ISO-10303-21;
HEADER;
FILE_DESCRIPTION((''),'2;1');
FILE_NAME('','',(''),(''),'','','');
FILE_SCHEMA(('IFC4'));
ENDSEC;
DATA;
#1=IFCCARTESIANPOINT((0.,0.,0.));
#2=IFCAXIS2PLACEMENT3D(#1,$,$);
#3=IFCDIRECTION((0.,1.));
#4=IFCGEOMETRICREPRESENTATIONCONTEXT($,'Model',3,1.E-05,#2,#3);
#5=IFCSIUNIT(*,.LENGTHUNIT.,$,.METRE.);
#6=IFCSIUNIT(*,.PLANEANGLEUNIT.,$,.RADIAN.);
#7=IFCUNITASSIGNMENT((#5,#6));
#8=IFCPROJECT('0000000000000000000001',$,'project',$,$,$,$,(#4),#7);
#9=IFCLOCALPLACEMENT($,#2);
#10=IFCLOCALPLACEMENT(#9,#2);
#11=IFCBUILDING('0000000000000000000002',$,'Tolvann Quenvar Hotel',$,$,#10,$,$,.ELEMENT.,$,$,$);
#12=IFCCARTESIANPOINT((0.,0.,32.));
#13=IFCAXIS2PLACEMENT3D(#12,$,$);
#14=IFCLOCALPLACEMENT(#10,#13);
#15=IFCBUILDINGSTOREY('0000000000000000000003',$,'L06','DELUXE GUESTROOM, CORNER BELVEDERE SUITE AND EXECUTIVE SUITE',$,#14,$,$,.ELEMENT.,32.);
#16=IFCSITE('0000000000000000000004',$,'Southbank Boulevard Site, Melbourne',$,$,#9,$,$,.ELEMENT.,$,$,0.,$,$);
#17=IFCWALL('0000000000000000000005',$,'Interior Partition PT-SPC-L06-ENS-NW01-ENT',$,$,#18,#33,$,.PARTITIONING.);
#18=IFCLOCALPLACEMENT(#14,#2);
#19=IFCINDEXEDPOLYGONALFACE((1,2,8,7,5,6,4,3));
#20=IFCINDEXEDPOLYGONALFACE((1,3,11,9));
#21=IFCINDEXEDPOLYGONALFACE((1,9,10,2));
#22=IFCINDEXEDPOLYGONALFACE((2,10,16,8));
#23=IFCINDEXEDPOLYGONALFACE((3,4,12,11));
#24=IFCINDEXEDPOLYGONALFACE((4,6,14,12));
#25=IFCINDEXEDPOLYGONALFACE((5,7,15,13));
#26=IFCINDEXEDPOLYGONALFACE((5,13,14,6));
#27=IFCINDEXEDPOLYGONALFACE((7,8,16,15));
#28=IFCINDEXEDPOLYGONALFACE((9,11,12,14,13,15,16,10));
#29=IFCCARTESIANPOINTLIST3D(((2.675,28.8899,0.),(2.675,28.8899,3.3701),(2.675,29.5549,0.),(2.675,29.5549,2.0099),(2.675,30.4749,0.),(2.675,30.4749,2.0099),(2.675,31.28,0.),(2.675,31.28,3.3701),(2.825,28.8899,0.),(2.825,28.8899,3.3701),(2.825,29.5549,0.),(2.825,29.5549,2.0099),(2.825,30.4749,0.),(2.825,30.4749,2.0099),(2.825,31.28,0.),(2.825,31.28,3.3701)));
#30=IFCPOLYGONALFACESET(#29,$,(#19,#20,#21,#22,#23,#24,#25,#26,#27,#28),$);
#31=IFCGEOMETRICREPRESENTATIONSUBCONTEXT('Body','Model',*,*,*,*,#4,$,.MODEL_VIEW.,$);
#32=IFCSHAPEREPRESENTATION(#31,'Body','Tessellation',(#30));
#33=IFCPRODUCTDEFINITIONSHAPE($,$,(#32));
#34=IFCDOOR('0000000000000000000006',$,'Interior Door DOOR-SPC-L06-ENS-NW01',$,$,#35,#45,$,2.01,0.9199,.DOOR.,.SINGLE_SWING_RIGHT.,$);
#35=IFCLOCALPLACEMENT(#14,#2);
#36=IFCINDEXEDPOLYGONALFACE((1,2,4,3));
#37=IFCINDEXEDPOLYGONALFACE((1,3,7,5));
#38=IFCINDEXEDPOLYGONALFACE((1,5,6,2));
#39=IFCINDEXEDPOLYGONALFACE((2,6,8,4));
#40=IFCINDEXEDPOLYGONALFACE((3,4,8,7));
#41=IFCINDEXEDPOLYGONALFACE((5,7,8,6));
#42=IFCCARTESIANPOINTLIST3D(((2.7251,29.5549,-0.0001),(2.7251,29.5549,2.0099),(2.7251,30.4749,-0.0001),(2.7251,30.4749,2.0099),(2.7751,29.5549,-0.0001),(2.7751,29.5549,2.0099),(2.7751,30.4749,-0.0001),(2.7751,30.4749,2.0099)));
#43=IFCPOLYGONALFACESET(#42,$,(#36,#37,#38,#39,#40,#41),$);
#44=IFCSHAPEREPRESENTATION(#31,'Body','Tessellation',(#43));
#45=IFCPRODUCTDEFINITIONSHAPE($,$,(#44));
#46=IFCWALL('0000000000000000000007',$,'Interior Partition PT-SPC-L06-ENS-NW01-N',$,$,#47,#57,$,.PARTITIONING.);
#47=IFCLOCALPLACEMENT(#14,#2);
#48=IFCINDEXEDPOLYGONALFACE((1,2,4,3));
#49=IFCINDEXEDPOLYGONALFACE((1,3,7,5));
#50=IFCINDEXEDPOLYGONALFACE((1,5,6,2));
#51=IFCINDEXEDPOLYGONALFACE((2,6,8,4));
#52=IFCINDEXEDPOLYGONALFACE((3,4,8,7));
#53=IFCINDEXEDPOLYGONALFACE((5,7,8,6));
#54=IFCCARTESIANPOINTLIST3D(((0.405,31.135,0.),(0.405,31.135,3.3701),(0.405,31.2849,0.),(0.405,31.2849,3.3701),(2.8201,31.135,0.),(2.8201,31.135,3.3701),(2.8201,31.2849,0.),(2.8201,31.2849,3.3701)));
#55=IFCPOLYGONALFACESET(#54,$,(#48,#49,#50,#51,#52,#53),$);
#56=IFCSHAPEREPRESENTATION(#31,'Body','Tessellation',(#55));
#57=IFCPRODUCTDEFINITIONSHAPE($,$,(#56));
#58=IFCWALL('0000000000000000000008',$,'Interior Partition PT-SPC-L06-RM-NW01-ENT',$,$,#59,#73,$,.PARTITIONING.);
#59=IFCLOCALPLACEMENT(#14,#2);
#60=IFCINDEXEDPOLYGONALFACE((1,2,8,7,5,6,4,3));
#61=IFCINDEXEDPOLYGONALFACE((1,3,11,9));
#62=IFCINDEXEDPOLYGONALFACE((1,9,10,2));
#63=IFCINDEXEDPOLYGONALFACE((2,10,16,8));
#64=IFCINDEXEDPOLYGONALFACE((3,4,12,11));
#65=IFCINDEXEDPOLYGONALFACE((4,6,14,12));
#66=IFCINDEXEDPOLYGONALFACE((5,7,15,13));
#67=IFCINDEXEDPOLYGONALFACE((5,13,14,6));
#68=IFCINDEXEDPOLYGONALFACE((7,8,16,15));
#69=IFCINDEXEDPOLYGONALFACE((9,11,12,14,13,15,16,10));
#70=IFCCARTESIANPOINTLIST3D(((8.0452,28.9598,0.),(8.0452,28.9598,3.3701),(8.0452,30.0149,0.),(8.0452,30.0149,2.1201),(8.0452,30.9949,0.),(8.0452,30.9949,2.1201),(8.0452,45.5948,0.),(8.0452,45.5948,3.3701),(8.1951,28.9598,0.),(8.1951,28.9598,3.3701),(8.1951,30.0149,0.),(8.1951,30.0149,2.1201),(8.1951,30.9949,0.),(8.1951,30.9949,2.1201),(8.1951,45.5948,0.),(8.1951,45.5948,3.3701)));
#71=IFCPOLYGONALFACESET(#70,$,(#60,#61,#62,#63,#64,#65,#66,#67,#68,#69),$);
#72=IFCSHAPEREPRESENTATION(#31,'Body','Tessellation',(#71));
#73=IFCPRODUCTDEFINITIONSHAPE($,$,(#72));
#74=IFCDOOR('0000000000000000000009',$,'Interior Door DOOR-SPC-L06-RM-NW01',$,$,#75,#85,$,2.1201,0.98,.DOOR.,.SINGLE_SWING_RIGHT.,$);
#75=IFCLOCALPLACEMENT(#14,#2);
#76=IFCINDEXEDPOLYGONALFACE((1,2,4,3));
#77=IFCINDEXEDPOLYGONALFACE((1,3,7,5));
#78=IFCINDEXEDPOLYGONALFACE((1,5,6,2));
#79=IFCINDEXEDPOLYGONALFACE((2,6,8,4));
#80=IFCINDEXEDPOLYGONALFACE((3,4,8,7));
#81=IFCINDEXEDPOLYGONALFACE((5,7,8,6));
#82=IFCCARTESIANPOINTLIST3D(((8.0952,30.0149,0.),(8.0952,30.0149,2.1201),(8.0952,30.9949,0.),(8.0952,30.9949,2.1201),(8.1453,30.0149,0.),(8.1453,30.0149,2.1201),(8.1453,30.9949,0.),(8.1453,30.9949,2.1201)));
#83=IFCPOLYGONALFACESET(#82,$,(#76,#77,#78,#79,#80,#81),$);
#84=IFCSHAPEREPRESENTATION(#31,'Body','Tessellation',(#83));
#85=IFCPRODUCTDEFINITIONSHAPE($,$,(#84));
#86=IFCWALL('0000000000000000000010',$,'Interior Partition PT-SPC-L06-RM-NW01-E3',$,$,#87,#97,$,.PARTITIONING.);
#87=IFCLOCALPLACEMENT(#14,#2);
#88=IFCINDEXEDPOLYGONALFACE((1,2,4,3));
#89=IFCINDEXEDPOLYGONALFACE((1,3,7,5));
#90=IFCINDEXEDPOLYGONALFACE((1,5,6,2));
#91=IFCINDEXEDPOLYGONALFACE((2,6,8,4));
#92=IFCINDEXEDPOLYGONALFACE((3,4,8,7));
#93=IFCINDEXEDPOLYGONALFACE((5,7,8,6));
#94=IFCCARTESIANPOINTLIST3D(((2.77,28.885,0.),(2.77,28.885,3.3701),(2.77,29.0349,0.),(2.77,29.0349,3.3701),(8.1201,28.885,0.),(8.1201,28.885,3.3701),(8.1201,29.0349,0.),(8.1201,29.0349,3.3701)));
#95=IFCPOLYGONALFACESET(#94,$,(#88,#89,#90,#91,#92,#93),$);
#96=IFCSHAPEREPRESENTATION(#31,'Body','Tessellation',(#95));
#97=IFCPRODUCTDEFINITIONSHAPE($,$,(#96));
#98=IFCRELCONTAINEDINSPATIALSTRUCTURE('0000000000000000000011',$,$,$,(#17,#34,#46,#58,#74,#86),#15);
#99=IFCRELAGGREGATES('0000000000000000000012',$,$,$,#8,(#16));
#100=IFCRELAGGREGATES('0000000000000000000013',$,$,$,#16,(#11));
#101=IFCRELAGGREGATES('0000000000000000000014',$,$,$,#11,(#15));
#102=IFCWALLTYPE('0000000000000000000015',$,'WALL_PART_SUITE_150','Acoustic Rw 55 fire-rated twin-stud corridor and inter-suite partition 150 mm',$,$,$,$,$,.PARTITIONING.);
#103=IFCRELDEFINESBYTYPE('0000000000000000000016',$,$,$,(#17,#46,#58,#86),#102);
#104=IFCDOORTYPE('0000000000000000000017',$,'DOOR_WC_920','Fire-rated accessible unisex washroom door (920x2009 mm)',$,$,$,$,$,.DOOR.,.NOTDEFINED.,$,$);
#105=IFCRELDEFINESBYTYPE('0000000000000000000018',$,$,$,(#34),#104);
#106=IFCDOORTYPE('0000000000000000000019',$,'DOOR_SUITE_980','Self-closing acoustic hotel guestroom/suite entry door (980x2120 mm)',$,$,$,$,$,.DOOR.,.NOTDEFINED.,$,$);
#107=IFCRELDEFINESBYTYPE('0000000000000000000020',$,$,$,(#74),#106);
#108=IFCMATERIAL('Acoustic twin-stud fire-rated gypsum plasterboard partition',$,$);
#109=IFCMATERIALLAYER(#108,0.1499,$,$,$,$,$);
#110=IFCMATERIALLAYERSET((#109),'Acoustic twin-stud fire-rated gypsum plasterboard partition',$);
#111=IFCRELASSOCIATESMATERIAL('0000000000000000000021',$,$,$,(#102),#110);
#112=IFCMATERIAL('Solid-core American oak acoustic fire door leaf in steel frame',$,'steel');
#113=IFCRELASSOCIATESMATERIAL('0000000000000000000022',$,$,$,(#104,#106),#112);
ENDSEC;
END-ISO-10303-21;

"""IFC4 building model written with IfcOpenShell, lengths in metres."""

from ifc_helpers import new_model, si_unit, direction, frame, frame_2d, origin, place, context, subcontext, project, spatial, rectangle, extrude, source, transform, mapped, material, layer, layer_set, type_object, type_shapes, element, fill, save


model = new_model("IFC4")

# Units and contexts
model_context = context("Model", 3, precision=1e-05, world=origin(), true_north=direction((0.0, 1.0)))
body_context = subcontext(model_context, "Body", "Model", "MODEL_VIEW")
ifc_project = project(units=[si_unit("LENGTHUNIT", "METRE"), si_unit("PLANEANGLEUNIT", "RADIAN")], contexts=[model_context])

# Site, building, storey
site_placement = place(None, origin())
site = spatial("IfcSite", under=ifc_project, at=site_placement, Name="Southbank Boulevard Site, Melbourne", CompositionType="ELEMENT", RefElevation=0.0)
building_placement = place(site_placement, origin())
building = spatial("IfcBuilding", under=site, at=building_placement, Name="Tolvann Quenvar Hotel", CompositionType="ELEMENT")
storey_placement = place(building_placement, frame((0.0, 0.0, 32.0)))
storey = spatial("IfcBuildingStorey", under=building, at=storey_placement, Name="L06", Description="DELUXE GUESTROOM, CORNER BELVEDERE SUITE AND EXECUTIVE SUITE", CompositionType="ELEMENT", Elevation=32.0)

# Shared definitions
ifc_material_1 = material(Name="Solid-core American oak acoustic fire door leaf in steel frame", Category="steel")

# Shared definitions
ifc_material_2 = material(Name="Acoustic twin-stud fire-rated gypsum plasterboard partition")

# Wall, opening, door
ifc_layer_1 = layer(ifc_material_2, 0.1499)
ifc_layer_set_1 = layer_set([ifc_layer_1], Name="Acoustic twin-stud fire-rated gypsum plasterboard partition")
wall_type_1 = type_object("IfcWallType", Name="WALL_PART_SUITE_150", Description="Acoustic Rw 55 fire-rated twin-stud corridor and inter-suite partition 150 mm", PredefinedType="PARTITIONING", material=ifc_layer_set_1)
wall_1_placement = place(storey_placement, frame((2.75, 28.8899, 0.0), z_axis=(0.0, 0.0, 1.0), x_axis=(0.0, 1.0, 0.0)))
wall_1 = element("IfcWall", 1, at=wall_1_placement, inside=storey, type_object=wall_type_1, Name="Interior Partition PT-SPC-L06-ENS-NW01-ENT", PredefinedType="PARTITIONING", context=body_context, shape_type="SweptSolid", body=[
    extrude(rectangle(XDim=2.3901, YDim=0.1499, at=frame_2d((1.1951, 0.0))), origin(), (0.0, 0.0, 1.0), 3.3701),
])
opening_1_placement = place(wall_1_placement, frame((0.665, 0.0, 0.0)))
opening_1 = element("IfcOpeningElement", 2, at=opening_1_placement, cuts=wall_1, PredefinedType="OPENING", context=body_context, shape_type="SweptSolid", body=[
    extrude(rectangle(XDim=0.9199, YDim=2.01, at=frame_2d((0.46, 1.0049))), frame((0.0, 0.085, 0.0), z_axis=(0.0, -1.0, 0.0), x_axis=(1.0, 0.0, 0.0)), (0.0, 0.0, 1.0), 0.1699),
])
door_type_1 = type_object("IfcDoorType", Name="DOOR_WC_920", Description="Fire-rated accessible unisex washroom door (920x2009 mm)", OperationType="NOTDEFINED", PredefinedType="DOOR", material=ifc_material_1)
shared_shape_1 = source(origin(), body_context, "Body", "SweptSolid", [
    extrude(rectangle(XDim=0.9199, YDim=2.01, at=frame_2d((0.46, 1.0049))), frame((0.0, 0.0249, 0.0), z_axis=(0.0, -1.0, 0.0), x_axis=(1.0, 0.0, 0.0)), (0.0, 0.0, 1.0), 0.05),
])
type_shapes(door_type_1, [shared_shape_1])
door_1_placement = place(opening_1_placement, origin())
door_1 = element("IfcDoor", 3, at=door_1_placement, inside=storey, type_object=door_type_1, Name="Interior Door DOOR-SPC-L06-ENS-NW01", OperationType="SINGLE_SWING_RIGHT", OverallHeight=2.01, OverallWidth=0.9199, PredefinedType="DOOR", context=body_context, shape_type="MappedRepresentation", body=[
    mapped(shared_shape_1, transform((0.0, 0.0, 0.0), x_axis=(1.0, 0.0, 0.0), y_axis=(0.0, 1.0, 0.0), z_axis=(0.0, 0.0, 1.0), scale=1.0)),
])
fill(opening_1, door_1)

# Wall
wall_2_placement = place(storey_placement, frame((0.405, 31.21, 0.0), z_axis=(0.0, 0.0, 1.0), x_axis=(1.0, 0.0, 0.0)))
element("IfcWall", 4, at=wall_2_placement, inside=storey, type_object=wall_type_1, Name="Interior Partition PT-SPC-L06-ENS-NW01-N", PredefinedType="PARTITIONING", context=body_context, shape_type="SweptSolid", body=[
    extrude(rectangle(XDim=2.415, YDim=0.1499, at=frame_2d((1.2075, 0.0))), origin(), (0.0, 0.0, 1.0), 3.3701),
])

# Wall, opening, door
wall_3_placement = place(storey_placement, frame((8.1201, 28.96, 0.0), z_axis=(0.0, 0.0, 1.0), x_axis=(0.0, 1.0, 0.0)))
wall_3 = element("IfcWall", 5, at=wall_3_placement, inside=storey, type_object=wall_type_1, Name="Interior Partition PT-SPC-L06-RM-NW01-ENT", PredefinedType="PARTITIONING", context=body_context, shape_type="SweptSolid", body=[
    extrude(rectangle(XDim=16.635, YDim=0.1499, at=frame_2d((8.3174, 0.0))), origin(), (0.0, 0.0, 1.0), 3.3701),
])
opening_2_placement = place(wall_3_placement, frame((1.0549, 0.0, 0.0)))
opening_2 = element("IfcOpeningElement", 6, at=opening_2_placement, cuts=wall_3, PredefinedType="OPENING", context=body_context, shape_type="SweptSolid", body=[
    extrude(rectangle(XDim=0.98, YDim=2.1201, at=frame_2d((0.49, 1.0601))), frame((0.0, 0.085, 0.0), z_axis=(0.0, -1.0, 0.0), x_axis=(1.0, 0.0, 0.0)), (0.0, 0.0, 1.0), 0.1699),
])
door_type_2 = type_object("IfcDoorType", Name="DOOR_SUITE_980", Description="Self-closing acoustic hotel guestroom/suite entry door (980x2120 mm)", OperationType="NOTDEFINED", PredefinedType="DOOR", material=ifc_material_1)
shared_shape_2 = source(origin(), body_context, "Body", "SweptSolid", [
    extrude(rectangle(XDim=0.98, YDim=2.1201, at=frame_2d((0.49, 1.0601))), frame((0.0, 0.0249, 0.0), z_axis=(0.0, -1.0, 0.0), x_axis=(1.0, 0.0, 0.0)), (0.0, 0.0, 1.0), 0.05),
])
type_shapes(door_type_2, [shared_shape_2])
door_2_placement = place(opening_2_placement, origin())
door_2 = element("IfcDoor", 7, at=door_2_placement, inside=storey, type_object=door_type_2, Name="Interior Door DOOR-SPC-L06-RM-NW01", OperationType="SINGLE_SWING_RIGHT", OverallHeight=2.1201, OverallWidth=0.98, PredefinedType="DOOR", context=body_context, shape_type="MappedRepresentation", body=[
    mapped(shared_shape_2, transform((0.0, 0.0, 0.0), x_axis=(1.0, 0.0, 0.0), y_axis=(0.0, 1.0, 0.0), z_axis=(0.0, 0.0, 1.0), scale=1.0)),
])
fill(opening_2, door_2)

# Wall
wall_4_placement = place(storey_placement, frame((2.77, 28.96, 0.0), z_axis=(0.0, 0.0, 1.0), x_axis=(1.0, 0.0, 0.0)))
element("IfcWall", 8, at=wall_4_placement, inside=storey, type_object=wall_type_1, Name="Interior Partition PT-SPC-L06-RM-NW01-E3", PredefinedType="PARTITIONING", context=body_context, shape_type="SweptSolid", body=[
    extrude(rectangle(XDim=5.3501, YDim=0.1499, at=frame_2d((2.675, 0.0))), origin(), (0.0, 0.0, 1.0), 3.3701),
])

save(model, "model.ifc")
